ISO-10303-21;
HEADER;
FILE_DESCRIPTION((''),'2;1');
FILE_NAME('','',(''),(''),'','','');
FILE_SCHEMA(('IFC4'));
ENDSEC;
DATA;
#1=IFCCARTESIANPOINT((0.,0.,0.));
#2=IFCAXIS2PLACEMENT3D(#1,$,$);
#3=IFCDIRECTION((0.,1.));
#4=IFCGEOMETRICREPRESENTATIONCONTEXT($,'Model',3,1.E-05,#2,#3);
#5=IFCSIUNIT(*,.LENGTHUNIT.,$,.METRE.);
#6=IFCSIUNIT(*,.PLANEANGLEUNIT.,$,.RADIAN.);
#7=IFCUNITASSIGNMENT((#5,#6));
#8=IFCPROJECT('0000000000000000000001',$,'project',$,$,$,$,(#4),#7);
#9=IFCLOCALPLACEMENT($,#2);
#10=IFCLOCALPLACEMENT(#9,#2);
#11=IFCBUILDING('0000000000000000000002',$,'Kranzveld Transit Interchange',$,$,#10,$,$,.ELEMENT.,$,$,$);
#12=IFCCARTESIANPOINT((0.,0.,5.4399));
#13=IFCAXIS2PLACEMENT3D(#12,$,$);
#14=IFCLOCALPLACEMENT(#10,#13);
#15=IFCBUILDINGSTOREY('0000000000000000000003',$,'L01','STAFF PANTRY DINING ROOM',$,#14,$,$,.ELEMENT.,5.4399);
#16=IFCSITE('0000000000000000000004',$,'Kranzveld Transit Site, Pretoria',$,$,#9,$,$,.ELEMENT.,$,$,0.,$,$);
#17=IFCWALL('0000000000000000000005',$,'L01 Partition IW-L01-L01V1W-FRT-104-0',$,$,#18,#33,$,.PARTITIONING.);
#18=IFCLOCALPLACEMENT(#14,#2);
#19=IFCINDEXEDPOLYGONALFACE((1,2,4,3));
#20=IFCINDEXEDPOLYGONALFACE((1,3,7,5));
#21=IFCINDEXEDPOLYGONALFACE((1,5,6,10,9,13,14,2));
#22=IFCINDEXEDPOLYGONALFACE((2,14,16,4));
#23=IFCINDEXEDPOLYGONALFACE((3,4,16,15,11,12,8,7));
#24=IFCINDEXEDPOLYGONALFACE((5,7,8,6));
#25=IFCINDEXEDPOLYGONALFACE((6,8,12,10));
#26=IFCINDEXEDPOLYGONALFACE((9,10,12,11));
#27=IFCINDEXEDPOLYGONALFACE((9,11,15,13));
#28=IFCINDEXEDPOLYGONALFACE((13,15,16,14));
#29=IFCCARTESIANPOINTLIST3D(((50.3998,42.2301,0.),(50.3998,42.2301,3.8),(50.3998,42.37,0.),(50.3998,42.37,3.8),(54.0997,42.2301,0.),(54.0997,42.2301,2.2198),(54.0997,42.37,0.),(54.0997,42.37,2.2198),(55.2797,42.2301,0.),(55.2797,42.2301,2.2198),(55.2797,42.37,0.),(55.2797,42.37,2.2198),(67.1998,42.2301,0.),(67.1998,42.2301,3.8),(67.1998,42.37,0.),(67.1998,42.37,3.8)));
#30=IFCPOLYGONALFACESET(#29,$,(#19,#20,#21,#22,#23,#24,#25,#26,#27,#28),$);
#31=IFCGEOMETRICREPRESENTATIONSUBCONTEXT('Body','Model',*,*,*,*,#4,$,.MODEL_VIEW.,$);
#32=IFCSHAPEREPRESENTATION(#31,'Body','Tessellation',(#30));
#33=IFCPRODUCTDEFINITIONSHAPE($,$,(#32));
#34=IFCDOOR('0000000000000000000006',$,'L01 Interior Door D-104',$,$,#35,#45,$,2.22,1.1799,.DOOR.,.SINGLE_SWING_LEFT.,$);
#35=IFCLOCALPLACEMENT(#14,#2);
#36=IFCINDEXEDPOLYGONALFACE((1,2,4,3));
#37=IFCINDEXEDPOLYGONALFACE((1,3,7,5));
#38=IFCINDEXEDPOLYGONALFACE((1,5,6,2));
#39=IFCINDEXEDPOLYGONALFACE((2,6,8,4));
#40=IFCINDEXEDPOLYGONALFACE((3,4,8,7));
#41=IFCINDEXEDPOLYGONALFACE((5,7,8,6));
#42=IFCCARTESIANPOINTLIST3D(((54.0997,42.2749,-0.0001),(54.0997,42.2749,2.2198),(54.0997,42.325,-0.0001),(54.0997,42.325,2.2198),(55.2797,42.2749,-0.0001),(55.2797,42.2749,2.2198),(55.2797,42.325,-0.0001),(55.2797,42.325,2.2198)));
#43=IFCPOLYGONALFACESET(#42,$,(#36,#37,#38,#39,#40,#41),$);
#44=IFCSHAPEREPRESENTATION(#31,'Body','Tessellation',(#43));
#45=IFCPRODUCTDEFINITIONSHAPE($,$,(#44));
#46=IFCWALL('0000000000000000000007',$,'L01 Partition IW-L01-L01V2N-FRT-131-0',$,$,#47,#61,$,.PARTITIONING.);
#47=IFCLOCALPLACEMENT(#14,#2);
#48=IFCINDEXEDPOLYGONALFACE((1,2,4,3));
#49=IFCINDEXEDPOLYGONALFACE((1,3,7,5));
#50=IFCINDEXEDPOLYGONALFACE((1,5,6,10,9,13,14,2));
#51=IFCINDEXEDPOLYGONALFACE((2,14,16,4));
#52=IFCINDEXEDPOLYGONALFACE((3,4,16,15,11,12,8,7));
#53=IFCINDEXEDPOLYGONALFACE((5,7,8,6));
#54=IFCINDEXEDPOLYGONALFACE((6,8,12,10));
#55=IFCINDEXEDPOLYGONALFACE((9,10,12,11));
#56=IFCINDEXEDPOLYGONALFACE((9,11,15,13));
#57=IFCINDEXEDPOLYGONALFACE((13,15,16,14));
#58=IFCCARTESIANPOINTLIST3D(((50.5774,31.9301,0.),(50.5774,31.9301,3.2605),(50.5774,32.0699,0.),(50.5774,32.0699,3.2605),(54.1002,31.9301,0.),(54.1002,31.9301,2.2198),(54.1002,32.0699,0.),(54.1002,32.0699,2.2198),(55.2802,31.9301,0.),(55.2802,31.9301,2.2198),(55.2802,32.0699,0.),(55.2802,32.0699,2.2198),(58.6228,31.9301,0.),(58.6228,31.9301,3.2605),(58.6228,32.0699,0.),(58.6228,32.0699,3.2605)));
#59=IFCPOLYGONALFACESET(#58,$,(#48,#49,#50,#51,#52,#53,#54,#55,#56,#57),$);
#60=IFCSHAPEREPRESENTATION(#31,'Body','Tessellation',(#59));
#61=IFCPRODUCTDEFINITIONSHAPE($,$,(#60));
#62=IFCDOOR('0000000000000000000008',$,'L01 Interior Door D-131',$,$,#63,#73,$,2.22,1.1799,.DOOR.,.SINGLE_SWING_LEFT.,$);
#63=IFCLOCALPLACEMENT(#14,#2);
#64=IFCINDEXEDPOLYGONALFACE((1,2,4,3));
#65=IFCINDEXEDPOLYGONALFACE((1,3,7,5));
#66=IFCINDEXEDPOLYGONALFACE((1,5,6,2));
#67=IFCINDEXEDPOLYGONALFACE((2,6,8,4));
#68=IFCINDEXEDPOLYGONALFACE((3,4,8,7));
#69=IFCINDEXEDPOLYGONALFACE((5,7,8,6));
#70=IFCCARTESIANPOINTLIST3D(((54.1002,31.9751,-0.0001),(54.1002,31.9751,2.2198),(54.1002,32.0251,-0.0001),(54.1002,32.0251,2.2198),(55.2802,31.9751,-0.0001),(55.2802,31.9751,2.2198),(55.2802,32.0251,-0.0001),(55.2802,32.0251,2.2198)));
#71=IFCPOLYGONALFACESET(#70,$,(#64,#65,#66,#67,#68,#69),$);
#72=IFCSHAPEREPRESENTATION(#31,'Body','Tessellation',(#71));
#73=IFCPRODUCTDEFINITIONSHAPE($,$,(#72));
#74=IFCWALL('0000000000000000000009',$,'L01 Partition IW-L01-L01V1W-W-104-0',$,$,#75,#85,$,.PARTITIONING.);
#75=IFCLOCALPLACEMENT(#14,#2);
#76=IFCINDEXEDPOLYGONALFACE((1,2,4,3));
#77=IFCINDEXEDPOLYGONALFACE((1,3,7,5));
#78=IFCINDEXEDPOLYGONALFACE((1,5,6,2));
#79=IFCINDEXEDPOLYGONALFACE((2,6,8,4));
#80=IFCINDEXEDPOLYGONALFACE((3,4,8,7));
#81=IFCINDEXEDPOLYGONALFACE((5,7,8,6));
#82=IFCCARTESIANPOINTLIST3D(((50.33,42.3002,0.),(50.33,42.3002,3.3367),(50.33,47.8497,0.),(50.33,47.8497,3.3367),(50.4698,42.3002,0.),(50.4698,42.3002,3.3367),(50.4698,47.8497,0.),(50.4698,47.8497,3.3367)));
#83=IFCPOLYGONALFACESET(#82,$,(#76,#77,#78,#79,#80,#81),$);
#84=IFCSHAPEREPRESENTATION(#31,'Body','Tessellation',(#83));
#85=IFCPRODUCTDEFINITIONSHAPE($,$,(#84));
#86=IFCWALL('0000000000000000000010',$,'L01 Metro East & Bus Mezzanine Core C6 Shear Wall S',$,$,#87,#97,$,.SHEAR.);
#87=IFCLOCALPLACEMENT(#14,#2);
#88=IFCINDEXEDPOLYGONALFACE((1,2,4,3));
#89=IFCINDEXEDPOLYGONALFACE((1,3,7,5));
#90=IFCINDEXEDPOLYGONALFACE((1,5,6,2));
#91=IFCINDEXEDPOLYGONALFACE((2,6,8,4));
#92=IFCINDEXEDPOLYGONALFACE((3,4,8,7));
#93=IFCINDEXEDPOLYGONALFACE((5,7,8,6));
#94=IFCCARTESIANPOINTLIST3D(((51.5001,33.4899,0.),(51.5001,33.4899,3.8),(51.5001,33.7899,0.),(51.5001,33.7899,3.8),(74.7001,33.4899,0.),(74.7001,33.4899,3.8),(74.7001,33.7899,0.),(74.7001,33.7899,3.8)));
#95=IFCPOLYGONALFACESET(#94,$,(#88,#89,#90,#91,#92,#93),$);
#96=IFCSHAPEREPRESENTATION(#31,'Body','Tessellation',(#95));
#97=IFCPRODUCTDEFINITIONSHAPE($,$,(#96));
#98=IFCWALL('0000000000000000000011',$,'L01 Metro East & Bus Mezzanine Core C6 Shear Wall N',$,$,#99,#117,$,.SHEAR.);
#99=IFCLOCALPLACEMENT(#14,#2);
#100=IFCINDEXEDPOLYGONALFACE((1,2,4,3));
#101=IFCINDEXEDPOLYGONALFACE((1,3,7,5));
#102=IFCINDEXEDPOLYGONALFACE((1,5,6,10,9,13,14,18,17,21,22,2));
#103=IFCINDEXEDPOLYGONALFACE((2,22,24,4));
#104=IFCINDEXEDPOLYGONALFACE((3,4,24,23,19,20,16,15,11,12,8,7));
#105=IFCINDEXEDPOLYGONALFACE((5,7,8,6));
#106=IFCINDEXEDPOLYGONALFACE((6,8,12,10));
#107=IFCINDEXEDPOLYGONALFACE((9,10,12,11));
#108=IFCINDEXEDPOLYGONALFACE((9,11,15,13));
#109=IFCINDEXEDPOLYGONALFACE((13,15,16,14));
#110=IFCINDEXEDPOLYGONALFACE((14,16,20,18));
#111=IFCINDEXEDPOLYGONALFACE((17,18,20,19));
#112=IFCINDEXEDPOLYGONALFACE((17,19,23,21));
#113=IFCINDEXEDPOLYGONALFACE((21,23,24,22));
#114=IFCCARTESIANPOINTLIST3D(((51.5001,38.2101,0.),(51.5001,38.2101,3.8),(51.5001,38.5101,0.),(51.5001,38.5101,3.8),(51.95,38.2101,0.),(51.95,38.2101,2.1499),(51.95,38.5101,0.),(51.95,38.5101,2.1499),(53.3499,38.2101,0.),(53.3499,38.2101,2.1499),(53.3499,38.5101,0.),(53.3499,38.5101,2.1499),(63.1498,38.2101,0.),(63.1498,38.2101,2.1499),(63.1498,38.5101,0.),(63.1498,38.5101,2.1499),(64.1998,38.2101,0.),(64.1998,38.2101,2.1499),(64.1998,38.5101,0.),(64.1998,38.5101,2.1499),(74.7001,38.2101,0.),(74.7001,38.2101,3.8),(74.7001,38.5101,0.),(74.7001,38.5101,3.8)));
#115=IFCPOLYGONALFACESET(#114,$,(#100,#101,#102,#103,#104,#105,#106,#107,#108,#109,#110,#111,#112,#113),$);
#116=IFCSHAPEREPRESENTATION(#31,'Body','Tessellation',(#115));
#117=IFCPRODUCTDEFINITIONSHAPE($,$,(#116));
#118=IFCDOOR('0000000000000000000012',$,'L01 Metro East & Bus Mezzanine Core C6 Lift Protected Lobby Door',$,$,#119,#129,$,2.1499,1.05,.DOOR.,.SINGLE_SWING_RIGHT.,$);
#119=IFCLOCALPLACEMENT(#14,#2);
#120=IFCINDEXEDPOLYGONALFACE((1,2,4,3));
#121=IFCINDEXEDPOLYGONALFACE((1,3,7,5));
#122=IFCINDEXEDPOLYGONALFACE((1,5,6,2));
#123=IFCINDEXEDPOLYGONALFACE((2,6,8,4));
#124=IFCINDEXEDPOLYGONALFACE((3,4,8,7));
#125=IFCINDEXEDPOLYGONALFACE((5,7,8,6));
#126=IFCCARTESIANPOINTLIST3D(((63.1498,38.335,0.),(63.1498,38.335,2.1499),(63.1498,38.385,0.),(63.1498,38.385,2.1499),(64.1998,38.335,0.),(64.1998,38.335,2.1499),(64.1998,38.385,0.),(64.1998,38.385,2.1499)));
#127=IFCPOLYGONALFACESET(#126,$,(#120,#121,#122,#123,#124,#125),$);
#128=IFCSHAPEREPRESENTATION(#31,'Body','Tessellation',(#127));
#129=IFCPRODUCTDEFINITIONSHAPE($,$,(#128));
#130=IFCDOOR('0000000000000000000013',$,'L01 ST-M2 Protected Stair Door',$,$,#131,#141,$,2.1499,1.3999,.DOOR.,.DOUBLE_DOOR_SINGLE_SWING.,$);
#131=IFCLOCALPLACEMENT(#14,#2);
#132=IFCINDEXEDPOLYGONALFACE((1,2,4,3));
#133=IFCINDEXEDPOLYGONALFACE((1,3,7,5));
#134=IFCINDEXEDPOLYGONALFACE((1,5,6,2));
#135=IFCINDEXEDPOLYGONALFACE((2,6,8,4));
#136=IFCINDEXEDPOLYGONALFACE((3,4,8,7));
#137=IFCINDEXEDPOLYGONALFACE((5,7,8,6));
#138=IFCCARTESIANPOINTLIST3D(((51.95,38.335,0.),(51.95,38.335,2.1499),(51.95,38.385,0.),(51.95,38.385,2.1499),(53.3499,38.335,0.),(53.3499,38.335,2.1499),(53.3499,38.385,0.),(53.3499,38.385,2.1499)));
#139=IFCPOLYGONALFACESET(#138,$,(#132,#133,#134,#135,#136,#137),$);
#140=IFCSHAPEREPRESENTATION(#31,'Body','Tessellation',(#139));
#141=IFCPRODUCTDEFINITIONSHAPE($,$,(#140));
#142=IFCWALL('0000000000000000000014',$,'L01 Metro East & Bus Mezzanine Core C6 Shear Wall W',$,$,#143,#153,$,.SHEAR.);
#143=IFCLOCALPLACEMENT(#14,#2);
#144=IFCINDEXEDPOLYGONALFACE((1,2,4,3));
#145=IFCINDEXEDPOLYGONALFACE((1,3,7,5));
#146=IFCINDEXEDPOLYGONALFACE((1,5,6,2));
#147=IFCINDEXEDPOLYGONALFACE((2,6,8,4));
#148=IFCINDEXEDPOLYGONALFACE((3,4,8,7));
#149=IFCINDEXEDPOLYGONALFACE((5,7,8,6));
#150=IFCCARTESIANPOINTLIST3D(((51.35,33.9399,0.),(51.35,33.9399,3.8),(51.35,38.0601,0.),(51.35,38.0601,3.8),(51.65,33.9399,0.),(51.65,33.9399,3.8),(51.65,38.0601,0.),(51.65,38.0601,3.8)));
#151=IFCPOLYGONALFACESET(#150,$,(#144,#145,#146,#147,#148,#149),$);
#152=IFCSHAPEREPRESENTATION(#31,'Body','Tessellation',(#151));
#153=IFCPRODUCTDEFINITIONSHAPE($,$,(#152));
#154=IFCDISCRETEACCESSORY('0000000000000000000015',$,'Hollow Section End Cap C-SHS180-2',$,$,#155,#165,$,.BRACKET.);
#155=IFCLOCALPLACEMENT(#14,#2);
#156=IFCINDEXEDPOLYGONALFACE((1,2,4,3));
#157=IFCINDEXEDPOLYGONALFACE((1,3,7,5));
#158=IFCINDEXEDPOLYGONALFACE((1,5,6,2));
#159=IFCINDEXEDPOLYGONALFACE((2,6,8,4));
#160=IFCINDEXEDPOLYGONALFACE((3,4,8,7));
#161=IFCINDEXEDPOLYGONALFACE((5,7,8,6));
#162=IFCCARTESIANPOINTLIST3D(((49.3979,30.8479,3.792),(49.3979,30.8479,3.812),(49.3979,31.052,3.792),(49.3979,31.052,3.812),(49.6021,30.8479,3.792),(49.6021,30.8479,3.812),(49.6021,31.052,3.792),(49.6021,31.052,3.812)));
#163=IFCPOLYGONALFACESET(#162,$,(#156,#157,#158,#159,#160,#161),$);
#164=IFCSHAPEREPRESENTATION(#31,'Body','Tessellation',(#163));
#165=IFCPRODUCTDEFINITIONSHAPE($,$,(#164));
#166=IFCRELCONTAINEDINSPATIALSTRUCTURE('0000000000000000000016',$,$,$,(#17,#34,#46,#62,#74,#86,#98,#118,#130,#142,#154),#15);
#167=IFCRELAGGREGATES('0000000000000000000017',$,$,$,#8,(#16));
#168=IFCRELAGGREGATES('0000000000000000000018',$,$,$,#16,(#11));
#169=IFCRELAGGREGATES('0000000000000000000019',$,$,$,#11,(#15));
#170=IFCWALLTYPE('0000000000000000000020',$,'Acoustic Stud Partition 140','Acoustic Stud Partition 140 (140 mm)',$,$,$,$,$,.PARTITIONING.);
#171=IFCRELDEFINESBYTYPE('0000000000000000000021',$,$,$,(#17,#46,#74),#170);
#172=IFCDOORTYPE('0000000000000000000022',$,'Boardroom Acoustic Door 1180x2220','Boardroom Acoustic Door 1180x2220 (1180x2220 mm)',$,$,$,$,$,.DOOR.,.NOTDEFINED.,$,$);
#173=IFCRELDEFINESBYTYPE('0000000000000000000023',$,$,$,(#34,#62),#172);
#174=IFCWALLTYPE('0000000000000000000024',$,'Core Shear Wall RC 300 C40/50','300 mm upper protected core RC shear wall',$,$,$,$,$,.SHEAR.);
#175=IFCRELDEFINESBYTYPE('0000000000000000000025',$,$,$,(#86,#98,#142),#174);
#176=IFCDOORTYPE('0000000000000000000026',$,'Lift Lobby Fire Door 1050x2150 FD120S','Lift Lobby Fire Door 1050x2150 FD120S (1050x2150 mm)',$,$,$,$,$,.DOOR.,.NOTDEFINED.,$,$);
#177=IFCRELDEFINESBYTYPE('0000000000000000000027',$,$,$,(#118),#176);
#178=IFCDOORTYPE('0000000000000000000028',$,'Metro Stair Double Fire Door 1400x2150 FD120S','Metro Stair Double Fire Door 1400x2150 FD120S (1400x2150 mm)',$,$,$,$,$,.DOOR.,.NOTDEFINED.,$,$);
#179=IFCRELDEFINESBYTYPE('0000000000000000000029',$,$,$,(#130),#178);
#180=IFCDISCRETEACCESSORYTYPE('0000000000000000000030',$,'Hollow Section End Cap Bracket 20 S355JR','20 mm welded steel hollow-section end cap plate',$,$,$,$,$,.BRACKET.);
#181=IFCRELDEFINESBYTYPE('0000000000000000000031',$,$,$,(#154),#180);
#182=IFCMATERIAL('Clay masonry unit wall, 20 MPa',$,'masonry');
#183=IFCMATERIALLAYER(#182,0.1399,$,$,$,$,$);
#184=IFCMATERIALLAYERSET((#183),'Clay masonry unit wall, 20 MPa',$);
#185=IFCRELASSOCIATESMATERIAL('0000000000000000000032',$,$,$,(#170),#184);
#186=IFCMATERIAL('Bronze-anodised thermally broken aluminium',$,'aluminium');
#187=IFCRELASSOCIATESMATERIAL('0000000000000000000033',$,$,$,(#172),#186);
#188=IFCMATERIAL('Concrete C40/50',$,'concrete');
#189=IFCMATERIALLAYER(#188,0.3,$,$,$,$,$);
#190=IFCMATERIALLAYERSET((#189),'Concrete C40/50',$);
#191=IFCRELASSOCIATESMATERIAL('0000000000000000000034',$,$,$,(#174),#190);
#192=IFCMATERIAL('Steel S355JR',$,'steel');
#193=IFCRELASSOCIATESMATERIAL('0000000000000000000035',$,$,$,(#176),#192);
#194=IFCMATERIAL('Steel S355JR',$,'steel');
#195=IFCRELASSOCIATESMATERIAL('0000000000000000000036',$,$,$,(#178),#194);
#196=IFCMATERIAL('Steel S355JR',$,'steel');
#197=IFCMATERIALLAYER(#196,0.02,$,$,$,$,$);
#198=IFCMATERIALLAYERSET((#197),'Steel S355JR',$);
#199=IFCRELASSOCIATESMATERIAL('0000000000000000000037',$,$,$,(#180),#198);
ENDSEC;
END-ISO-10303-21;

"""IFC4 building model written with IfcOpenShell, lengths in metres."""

from ifc_helpers import new_model, si_unit, direction, frame, frame_2d, origin, origin_2d, place, context, subcontext, project, spatial, rectangle, extrude, material, layer, layer_set, type_object, element, fill, save


model = new_model("IFC4")

# Units and contexts
model_context = context("Model", 3, precision=1e-05, world=origin(), true_north=direction((0.0, 1.0)))
body_context = subcontext(model_context, "Body", "Model", "MODEL_VIEW")
ifc_project = project(units=[si_unit("LENGTHUNIT", "METRE"), si_unit("PLANEANGLEUNIT", "RADIAN")], contexts=[model_context])

# Site, building, storey
site_placement = place(None, origin())
site = spatial("IfcSite", under=ifc_project, at=site_placement, Name="Kranzveld Transit Site, Pretoria", CompositionType="ELEMENT", RefElevation=0.0)
building_placement = place(site_placement, origin())
building = spatial("IfcBuilding", under=site, at=building_placement, Name="Kranzveld Transit Interchange", CompositionType="ELEMENT")
storey_placement = place(building_placement, frame((0.0, 0.0, 5.4399)))
storey = spatial("IfcBuildingStorey", under=building, at=storey_placement, Name="L01", Description="STAFF PANTRY DINING ROOM", CompositionType="ELEMENT", Elevation=5.4399)

# Walls, openings, doors
ifc_material_1 = material(Name="Clay masonry unit wall, 20 MPa", Category="masonry")
ifc_layer_1 = layer(ifc_material_1, 0.1399)
ifc_layer_set_1 = layer_set([ifc_layer_1], Name="Clay masonry unit wall, 20 MPa")
wall_type_1 = type_object("IfcWallType", Name="Acoustic Stud Partition 140", Description="Acoustic Stud Partition 140 (140 mm)", PredefinedType="PARTITIONING", material=ifc_layer_set_1)
wall_1_placement = place(storey_placement, frame((50.3999, 42.3, 0.0), z_axis=(0.0, 0.0, 1.0), x_axis=(1.0, 0.0, 0.0)))
wall_1 = element("IfcWall", 1, at=wall_1_placement, inside=storey, type_object=wall_type_1, Name="L01 Partition IW-L01-L01V1W-FRT-104-0", PredefinedType="PARTITIONING", context=body_context, shape_type="SweptSolid", body=[
    extrude(rectangle(XDim=16.8, YDim=0.1399, at=frame_2d((8.3999, 0.0))), origin(), (0.0, 0.0, 1.0), 3.8),
])
opening_1_placement = place(wall_1_placement, frame((3.7, 0.0, 0.0), z_axis=(0.0, 0.0, 1.0), x_axis=(1.0, 0.0, 0.0)))
opening_1 = element("IfcOpeningElement", 2, at=opening_1_placement, cuts=wall_1, PredefinedType="OPENING", context=body_context, shape_type="SweptSolid", body=[
    extrude(rectangle(XDim=1.1799, YDim=2.22, at=frame_2d((0.5898, 1.1099))), frame((0.0, 0.0798, 0.0), z_axis=(0.0, -1.0, 0.0), x_axis=(1.0, 0.0, 0.0)), (0.0, 0.0, 1.0), 0.1599),
])
ifc_material_2 = material(Name="Bronze-anodised thermally broken aluminium", Category="aluminium")
door_type_1 = type_object("IfcDoorType", Name="Boardroom Acoustic Door 1180x2220", Description="Boardroom Acoustic Door 1180x2220 (1180x2220 mm)", OperationType="NOTDEFINED", PredefinedType="DOOR", material=ifc_material_2)
door_1_placement = place(opening_1_placement, origin())
door_1 = element("IfcDoor", 3, at=door_1_placement, inside=storey, type_object=door_type_1, Name="L01 Interior Door D-104", OperationType="SINGLE_SWING_LEFT", OverallHeight=2.22, OverallWidth=1.1799, PredefinedType="DOOR", context=body_context, shape_type="SweptSolid", body=[
    extrude(rectangle(XDim=1.1799, YDim=2.22, at=frame_2d((0.5898, 1.1099))), frame((0.0, 0.0249, 0.0), z_axis=(0.0, -1.0, 0.0), x_axis=(1.0, 0.0, 0.0)), (0.0, 0.0, 1.0), 0.05),
])
fill(opening_1, door_1)
wall_2_placement = place(storey_placement, frame((50.5774, 32.0, 0.0), z_axis=(0.0, 0.0, 1.0), x_axis=(1.0, 0.0, 0.0)))
wall_2 = element("IfcWall", 4, at=wall_2_placement, inside=storey, type_object=wall_type_1, Name="L01 Partition IW-L01-L01V2N-FRT-131-0", PredefinedType="PARTITIONING", context=body_context, shape_type="SweptSolid", body=[
    extrude(rectangle(XDim=8.0454, YDim=0.1399, at=frame_2d((4.0227, 0.0))), origin(), (0.0, 0.0, 1.0), 3.2605),
])
opening_2_placement = place(wall_2_placement, frame((4.7026, 0.0, 0.0), z_axis=(0.0, 0.0, 1.0), x_axis=(-1.0, 0.0, 0.0)))
opening_2 = element("IfcOpeningElement", 5, at=opening_2_placement, cuts=wall_2, PredefinedType="OPENING", context=body_context, shape_type="SweptSolid", body=[
    extrude(rectangle(XDim=1.1799, YDim=2.22, at=frame_2d((0.5898, 1.1099))), frame((0.0, 0.0798, 0.0), z_axis=(0.0, -1.0, 0.0), x_axis=(1.0, 0.0, 0.0)), (0.0, 0.0, 1.0), 0.1599),
])
door_2_placement = place(opening_2_placement, origin())
door_2 = element("IfcDoor", 6, at=door_2_placement, inside=storey, type_object=door_type_1, Name="L01 Interior Door D-131", OperationType="SINGLE_SWING_LEFT", OverallHeight=2.22, OverallWidth=1.1799, PredefinedType="DOOR", context=body_context, shape_type="SweptSolid", body=[
    extrude(rectangle(XDim=1.1799, YDim=2.22, at=frame_2d((0.5898, 1.1099))), frame((0.0, 0.0249, 0.0), z_axis=(0.0, -1.0, 0.0), x_axis=(1.0, 0.0, 0.0)), (0.0, 0.0, 1.0), 0.05),
])
fill(opening_2, door_2)

# Walls
wall_3_placement = place(storey_placement, frame((50.3999, 42.3, 0.0), z_axis=(0.0, 0.0, 1.0), x_axis=(0.0, 1.0, 0.0)))
element("IfcWall", 7, at=wall_3_placement, inside=storey, type_object=wall_type_1, Name="L01 Partition IW-L01-L01V1W-W-104-0", PredefinedType="PARTITIONING", context=body_context, shape_type="SweptSolid", body=[
    extrude(rectangle(XDim=5.5496, YDim=0.1399, at=frame_2d((2.7749, 0.0))), origin(), (0.0, 0.0, 1.0), 3.3367),
])
ifc_material_3 = material(Name="Concrete C40/50", Category="concrete")
ifc_layer_2 = layer(ifc_material_3, 0.3)
ifc_layer_set_2 = layer_set([ifc_layer_2], Name="Concrete C40/50")
wall_type_2 = type_object("IfcWallType", Name="Core Shear Wall RC 300 C40/50", Description="300 mm upper protected core RC shear wall", PredefinedType="SHEAR", material=ifc_layer_set_2)
wall_4_placement = place(storey_placement, frame((51.5, 33.6399, 0.0), z_axis=(0.0, 0.0, 1.0), x_axis=(1.0, 0.0, 0.0)))
element("IfcWall", 8, at=wall_4_placement, inside=storey, type_object=wall_type_2, Name="L01 Metro East & Bus Mezzanine Core C6 Shear Wall S", PredefinedType="SHEAR", context=body_context, shape_type="SweptSolid", body=[
    extrude(rectangle(XDim=23.2, YDim=0.3, at=frame_2d((11.6001, 0.0))), origin(), (0.0, 0.0, 1.0), 3.8),
])

# Wall, openings, doors
wall_5_placement = place(storey_placement, frame((51.5, 38.3601, 0.0), z_axis=(0.0, 0.0, 1.0), x_axis=(1.0, 0.0, 0.0)))
wall_5 = element("IfcWall", 9, at=wall_5_placement, inside=storey, type_object=wall_type_2, Name="L01 Metro East & Bus Mezzanine Core C6 Shear Wall N", PredefinedType="SHEAR", context=body_context, shape_type="SweptSolid", body=[
    extrude(rectangle(XDim=23.2, YDim=0.3, at=frame_2d((11.6001, 0.0))), origin(), (0.0, 0.0, 1.0), 3.8),
])
opening_3_placement = place(wall_5_placement, frame((0.45, 0.0, 0.0), z_axis=(0.0, 0.0, 1.0), x_axis=(1.0, 0.0, 0.0)))
opening_3 = element("IfcOpeningElement", 10, at=opening_3_placement, cuts=wall_5, PredefinedType="OPENING", context=body_context, shape_type="SweptSolid", body=[
    extrude(rectangle(XDim=1.3999, YDim=2.1499, at=frame_2d((0.7, 1.075))), frame((0.0, 0.1599, 0.0), z_axis=(0.0, -1.0, 0.0), x_axis=(1.0, 0.0, 0.0)), (0.0, 0.0, 1.0), 0.3201),
])
opening_4_placement = place(wall_5_placement, frame((11.6499, 0.0, 0.0), z_axis=(0.0, 0.0, 1.0), x_axis=(1.0, 0.0, 0.0)))
opening_4 = element("IfcOpeningElement", 11, at=opening_4_placement, cuts=wall_5, PredefinedType="OPENING", context=body_context, shape_type="SweptSolid", body=[
    extrude(rectangle(XDim=1.05, YDim=2.1499, at=frame_2d((0.5249, 1.075))), frame((0.0, 0.1599, 0.0), z_axis=(0.0, -1.0, 0.0), x_axis=(1.0, 0.0, 0.0)), (0.0, 0.0, 1.0), 0.3201),
])
ifc_material_4 = material(Name="Steel S355JR", Category="steel")
door_type_2 = type_object("IfcDoorType", Name="Lift Lobby Fire Door 1050x2150 FD120S", Description="Lift Lobby Fire Door 1050x2150 FD120S (1050x2150 mm)", OperationType="NOTDEFINED", PredefinedType="DOOR", material=ifc_material_4)
door_3_placement = place(opening_4_placement, origin())
door_3 = element("IfcDoor", 12, at=door_3_placement, inside=storey, type_object=door_type_2, Name="L01 Metro East & Bus Mezzanine Core C6 Lift Protected Lobby Door", OperationType="SINGLE_SWING_RIGHT", OverallHeight=2.1499, OverallWidth=1.05, PredefinedType="DOOR", context=body_context, shape_type="SweptSolid", body=[
    extrude(rectangle(XDim=1.05, YDim=2.1499, at=frame_2d((0.5249, 1.075))), frame((0.0, 0.0249, 0.0), z_axis=(0.0, -1.0, 0.0), x_axis=(1.0, 0.0, 0.0)), (0.0, 0.0, 1.0), 0.05),
])
fill(opening_4, door_3)
ifc_material_5 = material(Name="Steel S355JR", Category="steel")
door_type_3 = type_object("IfcDoorType", Name="Metro Stair Double Fire Door 1400x2150 FD120S", Description="Metro Stair Double Fire Door 1400x2150 FD120S (1400x2150 mm)", OperationType="NOTDEFINED", PredefinedType="DOOR", material=ifc_material_5)
door_4_placement = place(opening_3_placement, origin())
door_4 = element("IfcDoor", 13, at=door_4_placement, inside=storey, type_object=door_type_3, Name="L01 ST-M2 Protected Stair Door", OperationType="DOUBLE_DOOR_SINGLE_SWING", OverallHeight=2.1499, OverallWidth=1.3999, PredefinedType="DOOR", context=body_context, shape_type="SweptSolid", body=[
    extrude(rectangle(XDim=1.3999, YDim=2.1499, at=frame_2d((0.7, 1.075))), frame((0.0, 0.0249, 0.0), z_axis=(0.0, -1.0, 0.0), x_axis=(1.0, 0.0, 0.0)), (0.0, 0.0, 1.0), 0.05),
])
fill(opening_3, door_4)

# Wall
wall_6_placement = place(storey_placement, frame((51.5, 33.9399, 0.0), z_axis=(0.0, 0.0, 1.0), x_axis=(0.0, 1.0, 0.0)))
element("IfcWall", 14, at=wall_6_placement, inside=storey, type_object=wall_type_2, Name="L01 Metro East & Bus Mezzanine Core C6 Shear Wall W", PredefinedType="SHEAR", context=body_context, shape_type="SweptSolid", body=[
    extrude(rectangle(XDim=4.1201, YDim=0.3, at=frame_2d((2.0601, 0.0))), origin(), (0.0, 0.0, 1.0), 3.8),
])

# Discrete accessory
ifc_material_6 = material(Name="Steel S355JR", Category="steel")
ifc_layer_3 = layer(ifc_material_6, 0.02)
ifc_layer_set_3 = layer_set([ifc_layer_3], Name="Steel S355JR")
discrete_accessory_type = type_object("IfcDiscreteAccessoryType", Name="Hollow Section End Cap Bracket 20 S355JR", Description="20 mm welded steel hollow-section end cap plate", PredefinedType="BRACKET", material=ifc_layer_set_3)
discrete_accessory_placement = place(storey_placement, frame((49.5, 30.95, 3.792), z_axis=(0.0, 0.0, 1.0), x_axis=(1.0, 0.0, 0.0)))
element("IfcDiscreteAccessory", 15, at=discrete_accessory_placement, inside=storey, type_object=discrete_accessory_type, Name="Hollow Section End Cap C-SHS180-2", PredefinedType="BRACKET", context=body_context, shape_type="SweptSolid", body=[
    extrude(rectangle(XDim=0.2041, YDim=0.2041, at=origin_2d()), origin(), (0.0, 0.0, 1.0), 0.02),
])

save(model, "model.ifc")
